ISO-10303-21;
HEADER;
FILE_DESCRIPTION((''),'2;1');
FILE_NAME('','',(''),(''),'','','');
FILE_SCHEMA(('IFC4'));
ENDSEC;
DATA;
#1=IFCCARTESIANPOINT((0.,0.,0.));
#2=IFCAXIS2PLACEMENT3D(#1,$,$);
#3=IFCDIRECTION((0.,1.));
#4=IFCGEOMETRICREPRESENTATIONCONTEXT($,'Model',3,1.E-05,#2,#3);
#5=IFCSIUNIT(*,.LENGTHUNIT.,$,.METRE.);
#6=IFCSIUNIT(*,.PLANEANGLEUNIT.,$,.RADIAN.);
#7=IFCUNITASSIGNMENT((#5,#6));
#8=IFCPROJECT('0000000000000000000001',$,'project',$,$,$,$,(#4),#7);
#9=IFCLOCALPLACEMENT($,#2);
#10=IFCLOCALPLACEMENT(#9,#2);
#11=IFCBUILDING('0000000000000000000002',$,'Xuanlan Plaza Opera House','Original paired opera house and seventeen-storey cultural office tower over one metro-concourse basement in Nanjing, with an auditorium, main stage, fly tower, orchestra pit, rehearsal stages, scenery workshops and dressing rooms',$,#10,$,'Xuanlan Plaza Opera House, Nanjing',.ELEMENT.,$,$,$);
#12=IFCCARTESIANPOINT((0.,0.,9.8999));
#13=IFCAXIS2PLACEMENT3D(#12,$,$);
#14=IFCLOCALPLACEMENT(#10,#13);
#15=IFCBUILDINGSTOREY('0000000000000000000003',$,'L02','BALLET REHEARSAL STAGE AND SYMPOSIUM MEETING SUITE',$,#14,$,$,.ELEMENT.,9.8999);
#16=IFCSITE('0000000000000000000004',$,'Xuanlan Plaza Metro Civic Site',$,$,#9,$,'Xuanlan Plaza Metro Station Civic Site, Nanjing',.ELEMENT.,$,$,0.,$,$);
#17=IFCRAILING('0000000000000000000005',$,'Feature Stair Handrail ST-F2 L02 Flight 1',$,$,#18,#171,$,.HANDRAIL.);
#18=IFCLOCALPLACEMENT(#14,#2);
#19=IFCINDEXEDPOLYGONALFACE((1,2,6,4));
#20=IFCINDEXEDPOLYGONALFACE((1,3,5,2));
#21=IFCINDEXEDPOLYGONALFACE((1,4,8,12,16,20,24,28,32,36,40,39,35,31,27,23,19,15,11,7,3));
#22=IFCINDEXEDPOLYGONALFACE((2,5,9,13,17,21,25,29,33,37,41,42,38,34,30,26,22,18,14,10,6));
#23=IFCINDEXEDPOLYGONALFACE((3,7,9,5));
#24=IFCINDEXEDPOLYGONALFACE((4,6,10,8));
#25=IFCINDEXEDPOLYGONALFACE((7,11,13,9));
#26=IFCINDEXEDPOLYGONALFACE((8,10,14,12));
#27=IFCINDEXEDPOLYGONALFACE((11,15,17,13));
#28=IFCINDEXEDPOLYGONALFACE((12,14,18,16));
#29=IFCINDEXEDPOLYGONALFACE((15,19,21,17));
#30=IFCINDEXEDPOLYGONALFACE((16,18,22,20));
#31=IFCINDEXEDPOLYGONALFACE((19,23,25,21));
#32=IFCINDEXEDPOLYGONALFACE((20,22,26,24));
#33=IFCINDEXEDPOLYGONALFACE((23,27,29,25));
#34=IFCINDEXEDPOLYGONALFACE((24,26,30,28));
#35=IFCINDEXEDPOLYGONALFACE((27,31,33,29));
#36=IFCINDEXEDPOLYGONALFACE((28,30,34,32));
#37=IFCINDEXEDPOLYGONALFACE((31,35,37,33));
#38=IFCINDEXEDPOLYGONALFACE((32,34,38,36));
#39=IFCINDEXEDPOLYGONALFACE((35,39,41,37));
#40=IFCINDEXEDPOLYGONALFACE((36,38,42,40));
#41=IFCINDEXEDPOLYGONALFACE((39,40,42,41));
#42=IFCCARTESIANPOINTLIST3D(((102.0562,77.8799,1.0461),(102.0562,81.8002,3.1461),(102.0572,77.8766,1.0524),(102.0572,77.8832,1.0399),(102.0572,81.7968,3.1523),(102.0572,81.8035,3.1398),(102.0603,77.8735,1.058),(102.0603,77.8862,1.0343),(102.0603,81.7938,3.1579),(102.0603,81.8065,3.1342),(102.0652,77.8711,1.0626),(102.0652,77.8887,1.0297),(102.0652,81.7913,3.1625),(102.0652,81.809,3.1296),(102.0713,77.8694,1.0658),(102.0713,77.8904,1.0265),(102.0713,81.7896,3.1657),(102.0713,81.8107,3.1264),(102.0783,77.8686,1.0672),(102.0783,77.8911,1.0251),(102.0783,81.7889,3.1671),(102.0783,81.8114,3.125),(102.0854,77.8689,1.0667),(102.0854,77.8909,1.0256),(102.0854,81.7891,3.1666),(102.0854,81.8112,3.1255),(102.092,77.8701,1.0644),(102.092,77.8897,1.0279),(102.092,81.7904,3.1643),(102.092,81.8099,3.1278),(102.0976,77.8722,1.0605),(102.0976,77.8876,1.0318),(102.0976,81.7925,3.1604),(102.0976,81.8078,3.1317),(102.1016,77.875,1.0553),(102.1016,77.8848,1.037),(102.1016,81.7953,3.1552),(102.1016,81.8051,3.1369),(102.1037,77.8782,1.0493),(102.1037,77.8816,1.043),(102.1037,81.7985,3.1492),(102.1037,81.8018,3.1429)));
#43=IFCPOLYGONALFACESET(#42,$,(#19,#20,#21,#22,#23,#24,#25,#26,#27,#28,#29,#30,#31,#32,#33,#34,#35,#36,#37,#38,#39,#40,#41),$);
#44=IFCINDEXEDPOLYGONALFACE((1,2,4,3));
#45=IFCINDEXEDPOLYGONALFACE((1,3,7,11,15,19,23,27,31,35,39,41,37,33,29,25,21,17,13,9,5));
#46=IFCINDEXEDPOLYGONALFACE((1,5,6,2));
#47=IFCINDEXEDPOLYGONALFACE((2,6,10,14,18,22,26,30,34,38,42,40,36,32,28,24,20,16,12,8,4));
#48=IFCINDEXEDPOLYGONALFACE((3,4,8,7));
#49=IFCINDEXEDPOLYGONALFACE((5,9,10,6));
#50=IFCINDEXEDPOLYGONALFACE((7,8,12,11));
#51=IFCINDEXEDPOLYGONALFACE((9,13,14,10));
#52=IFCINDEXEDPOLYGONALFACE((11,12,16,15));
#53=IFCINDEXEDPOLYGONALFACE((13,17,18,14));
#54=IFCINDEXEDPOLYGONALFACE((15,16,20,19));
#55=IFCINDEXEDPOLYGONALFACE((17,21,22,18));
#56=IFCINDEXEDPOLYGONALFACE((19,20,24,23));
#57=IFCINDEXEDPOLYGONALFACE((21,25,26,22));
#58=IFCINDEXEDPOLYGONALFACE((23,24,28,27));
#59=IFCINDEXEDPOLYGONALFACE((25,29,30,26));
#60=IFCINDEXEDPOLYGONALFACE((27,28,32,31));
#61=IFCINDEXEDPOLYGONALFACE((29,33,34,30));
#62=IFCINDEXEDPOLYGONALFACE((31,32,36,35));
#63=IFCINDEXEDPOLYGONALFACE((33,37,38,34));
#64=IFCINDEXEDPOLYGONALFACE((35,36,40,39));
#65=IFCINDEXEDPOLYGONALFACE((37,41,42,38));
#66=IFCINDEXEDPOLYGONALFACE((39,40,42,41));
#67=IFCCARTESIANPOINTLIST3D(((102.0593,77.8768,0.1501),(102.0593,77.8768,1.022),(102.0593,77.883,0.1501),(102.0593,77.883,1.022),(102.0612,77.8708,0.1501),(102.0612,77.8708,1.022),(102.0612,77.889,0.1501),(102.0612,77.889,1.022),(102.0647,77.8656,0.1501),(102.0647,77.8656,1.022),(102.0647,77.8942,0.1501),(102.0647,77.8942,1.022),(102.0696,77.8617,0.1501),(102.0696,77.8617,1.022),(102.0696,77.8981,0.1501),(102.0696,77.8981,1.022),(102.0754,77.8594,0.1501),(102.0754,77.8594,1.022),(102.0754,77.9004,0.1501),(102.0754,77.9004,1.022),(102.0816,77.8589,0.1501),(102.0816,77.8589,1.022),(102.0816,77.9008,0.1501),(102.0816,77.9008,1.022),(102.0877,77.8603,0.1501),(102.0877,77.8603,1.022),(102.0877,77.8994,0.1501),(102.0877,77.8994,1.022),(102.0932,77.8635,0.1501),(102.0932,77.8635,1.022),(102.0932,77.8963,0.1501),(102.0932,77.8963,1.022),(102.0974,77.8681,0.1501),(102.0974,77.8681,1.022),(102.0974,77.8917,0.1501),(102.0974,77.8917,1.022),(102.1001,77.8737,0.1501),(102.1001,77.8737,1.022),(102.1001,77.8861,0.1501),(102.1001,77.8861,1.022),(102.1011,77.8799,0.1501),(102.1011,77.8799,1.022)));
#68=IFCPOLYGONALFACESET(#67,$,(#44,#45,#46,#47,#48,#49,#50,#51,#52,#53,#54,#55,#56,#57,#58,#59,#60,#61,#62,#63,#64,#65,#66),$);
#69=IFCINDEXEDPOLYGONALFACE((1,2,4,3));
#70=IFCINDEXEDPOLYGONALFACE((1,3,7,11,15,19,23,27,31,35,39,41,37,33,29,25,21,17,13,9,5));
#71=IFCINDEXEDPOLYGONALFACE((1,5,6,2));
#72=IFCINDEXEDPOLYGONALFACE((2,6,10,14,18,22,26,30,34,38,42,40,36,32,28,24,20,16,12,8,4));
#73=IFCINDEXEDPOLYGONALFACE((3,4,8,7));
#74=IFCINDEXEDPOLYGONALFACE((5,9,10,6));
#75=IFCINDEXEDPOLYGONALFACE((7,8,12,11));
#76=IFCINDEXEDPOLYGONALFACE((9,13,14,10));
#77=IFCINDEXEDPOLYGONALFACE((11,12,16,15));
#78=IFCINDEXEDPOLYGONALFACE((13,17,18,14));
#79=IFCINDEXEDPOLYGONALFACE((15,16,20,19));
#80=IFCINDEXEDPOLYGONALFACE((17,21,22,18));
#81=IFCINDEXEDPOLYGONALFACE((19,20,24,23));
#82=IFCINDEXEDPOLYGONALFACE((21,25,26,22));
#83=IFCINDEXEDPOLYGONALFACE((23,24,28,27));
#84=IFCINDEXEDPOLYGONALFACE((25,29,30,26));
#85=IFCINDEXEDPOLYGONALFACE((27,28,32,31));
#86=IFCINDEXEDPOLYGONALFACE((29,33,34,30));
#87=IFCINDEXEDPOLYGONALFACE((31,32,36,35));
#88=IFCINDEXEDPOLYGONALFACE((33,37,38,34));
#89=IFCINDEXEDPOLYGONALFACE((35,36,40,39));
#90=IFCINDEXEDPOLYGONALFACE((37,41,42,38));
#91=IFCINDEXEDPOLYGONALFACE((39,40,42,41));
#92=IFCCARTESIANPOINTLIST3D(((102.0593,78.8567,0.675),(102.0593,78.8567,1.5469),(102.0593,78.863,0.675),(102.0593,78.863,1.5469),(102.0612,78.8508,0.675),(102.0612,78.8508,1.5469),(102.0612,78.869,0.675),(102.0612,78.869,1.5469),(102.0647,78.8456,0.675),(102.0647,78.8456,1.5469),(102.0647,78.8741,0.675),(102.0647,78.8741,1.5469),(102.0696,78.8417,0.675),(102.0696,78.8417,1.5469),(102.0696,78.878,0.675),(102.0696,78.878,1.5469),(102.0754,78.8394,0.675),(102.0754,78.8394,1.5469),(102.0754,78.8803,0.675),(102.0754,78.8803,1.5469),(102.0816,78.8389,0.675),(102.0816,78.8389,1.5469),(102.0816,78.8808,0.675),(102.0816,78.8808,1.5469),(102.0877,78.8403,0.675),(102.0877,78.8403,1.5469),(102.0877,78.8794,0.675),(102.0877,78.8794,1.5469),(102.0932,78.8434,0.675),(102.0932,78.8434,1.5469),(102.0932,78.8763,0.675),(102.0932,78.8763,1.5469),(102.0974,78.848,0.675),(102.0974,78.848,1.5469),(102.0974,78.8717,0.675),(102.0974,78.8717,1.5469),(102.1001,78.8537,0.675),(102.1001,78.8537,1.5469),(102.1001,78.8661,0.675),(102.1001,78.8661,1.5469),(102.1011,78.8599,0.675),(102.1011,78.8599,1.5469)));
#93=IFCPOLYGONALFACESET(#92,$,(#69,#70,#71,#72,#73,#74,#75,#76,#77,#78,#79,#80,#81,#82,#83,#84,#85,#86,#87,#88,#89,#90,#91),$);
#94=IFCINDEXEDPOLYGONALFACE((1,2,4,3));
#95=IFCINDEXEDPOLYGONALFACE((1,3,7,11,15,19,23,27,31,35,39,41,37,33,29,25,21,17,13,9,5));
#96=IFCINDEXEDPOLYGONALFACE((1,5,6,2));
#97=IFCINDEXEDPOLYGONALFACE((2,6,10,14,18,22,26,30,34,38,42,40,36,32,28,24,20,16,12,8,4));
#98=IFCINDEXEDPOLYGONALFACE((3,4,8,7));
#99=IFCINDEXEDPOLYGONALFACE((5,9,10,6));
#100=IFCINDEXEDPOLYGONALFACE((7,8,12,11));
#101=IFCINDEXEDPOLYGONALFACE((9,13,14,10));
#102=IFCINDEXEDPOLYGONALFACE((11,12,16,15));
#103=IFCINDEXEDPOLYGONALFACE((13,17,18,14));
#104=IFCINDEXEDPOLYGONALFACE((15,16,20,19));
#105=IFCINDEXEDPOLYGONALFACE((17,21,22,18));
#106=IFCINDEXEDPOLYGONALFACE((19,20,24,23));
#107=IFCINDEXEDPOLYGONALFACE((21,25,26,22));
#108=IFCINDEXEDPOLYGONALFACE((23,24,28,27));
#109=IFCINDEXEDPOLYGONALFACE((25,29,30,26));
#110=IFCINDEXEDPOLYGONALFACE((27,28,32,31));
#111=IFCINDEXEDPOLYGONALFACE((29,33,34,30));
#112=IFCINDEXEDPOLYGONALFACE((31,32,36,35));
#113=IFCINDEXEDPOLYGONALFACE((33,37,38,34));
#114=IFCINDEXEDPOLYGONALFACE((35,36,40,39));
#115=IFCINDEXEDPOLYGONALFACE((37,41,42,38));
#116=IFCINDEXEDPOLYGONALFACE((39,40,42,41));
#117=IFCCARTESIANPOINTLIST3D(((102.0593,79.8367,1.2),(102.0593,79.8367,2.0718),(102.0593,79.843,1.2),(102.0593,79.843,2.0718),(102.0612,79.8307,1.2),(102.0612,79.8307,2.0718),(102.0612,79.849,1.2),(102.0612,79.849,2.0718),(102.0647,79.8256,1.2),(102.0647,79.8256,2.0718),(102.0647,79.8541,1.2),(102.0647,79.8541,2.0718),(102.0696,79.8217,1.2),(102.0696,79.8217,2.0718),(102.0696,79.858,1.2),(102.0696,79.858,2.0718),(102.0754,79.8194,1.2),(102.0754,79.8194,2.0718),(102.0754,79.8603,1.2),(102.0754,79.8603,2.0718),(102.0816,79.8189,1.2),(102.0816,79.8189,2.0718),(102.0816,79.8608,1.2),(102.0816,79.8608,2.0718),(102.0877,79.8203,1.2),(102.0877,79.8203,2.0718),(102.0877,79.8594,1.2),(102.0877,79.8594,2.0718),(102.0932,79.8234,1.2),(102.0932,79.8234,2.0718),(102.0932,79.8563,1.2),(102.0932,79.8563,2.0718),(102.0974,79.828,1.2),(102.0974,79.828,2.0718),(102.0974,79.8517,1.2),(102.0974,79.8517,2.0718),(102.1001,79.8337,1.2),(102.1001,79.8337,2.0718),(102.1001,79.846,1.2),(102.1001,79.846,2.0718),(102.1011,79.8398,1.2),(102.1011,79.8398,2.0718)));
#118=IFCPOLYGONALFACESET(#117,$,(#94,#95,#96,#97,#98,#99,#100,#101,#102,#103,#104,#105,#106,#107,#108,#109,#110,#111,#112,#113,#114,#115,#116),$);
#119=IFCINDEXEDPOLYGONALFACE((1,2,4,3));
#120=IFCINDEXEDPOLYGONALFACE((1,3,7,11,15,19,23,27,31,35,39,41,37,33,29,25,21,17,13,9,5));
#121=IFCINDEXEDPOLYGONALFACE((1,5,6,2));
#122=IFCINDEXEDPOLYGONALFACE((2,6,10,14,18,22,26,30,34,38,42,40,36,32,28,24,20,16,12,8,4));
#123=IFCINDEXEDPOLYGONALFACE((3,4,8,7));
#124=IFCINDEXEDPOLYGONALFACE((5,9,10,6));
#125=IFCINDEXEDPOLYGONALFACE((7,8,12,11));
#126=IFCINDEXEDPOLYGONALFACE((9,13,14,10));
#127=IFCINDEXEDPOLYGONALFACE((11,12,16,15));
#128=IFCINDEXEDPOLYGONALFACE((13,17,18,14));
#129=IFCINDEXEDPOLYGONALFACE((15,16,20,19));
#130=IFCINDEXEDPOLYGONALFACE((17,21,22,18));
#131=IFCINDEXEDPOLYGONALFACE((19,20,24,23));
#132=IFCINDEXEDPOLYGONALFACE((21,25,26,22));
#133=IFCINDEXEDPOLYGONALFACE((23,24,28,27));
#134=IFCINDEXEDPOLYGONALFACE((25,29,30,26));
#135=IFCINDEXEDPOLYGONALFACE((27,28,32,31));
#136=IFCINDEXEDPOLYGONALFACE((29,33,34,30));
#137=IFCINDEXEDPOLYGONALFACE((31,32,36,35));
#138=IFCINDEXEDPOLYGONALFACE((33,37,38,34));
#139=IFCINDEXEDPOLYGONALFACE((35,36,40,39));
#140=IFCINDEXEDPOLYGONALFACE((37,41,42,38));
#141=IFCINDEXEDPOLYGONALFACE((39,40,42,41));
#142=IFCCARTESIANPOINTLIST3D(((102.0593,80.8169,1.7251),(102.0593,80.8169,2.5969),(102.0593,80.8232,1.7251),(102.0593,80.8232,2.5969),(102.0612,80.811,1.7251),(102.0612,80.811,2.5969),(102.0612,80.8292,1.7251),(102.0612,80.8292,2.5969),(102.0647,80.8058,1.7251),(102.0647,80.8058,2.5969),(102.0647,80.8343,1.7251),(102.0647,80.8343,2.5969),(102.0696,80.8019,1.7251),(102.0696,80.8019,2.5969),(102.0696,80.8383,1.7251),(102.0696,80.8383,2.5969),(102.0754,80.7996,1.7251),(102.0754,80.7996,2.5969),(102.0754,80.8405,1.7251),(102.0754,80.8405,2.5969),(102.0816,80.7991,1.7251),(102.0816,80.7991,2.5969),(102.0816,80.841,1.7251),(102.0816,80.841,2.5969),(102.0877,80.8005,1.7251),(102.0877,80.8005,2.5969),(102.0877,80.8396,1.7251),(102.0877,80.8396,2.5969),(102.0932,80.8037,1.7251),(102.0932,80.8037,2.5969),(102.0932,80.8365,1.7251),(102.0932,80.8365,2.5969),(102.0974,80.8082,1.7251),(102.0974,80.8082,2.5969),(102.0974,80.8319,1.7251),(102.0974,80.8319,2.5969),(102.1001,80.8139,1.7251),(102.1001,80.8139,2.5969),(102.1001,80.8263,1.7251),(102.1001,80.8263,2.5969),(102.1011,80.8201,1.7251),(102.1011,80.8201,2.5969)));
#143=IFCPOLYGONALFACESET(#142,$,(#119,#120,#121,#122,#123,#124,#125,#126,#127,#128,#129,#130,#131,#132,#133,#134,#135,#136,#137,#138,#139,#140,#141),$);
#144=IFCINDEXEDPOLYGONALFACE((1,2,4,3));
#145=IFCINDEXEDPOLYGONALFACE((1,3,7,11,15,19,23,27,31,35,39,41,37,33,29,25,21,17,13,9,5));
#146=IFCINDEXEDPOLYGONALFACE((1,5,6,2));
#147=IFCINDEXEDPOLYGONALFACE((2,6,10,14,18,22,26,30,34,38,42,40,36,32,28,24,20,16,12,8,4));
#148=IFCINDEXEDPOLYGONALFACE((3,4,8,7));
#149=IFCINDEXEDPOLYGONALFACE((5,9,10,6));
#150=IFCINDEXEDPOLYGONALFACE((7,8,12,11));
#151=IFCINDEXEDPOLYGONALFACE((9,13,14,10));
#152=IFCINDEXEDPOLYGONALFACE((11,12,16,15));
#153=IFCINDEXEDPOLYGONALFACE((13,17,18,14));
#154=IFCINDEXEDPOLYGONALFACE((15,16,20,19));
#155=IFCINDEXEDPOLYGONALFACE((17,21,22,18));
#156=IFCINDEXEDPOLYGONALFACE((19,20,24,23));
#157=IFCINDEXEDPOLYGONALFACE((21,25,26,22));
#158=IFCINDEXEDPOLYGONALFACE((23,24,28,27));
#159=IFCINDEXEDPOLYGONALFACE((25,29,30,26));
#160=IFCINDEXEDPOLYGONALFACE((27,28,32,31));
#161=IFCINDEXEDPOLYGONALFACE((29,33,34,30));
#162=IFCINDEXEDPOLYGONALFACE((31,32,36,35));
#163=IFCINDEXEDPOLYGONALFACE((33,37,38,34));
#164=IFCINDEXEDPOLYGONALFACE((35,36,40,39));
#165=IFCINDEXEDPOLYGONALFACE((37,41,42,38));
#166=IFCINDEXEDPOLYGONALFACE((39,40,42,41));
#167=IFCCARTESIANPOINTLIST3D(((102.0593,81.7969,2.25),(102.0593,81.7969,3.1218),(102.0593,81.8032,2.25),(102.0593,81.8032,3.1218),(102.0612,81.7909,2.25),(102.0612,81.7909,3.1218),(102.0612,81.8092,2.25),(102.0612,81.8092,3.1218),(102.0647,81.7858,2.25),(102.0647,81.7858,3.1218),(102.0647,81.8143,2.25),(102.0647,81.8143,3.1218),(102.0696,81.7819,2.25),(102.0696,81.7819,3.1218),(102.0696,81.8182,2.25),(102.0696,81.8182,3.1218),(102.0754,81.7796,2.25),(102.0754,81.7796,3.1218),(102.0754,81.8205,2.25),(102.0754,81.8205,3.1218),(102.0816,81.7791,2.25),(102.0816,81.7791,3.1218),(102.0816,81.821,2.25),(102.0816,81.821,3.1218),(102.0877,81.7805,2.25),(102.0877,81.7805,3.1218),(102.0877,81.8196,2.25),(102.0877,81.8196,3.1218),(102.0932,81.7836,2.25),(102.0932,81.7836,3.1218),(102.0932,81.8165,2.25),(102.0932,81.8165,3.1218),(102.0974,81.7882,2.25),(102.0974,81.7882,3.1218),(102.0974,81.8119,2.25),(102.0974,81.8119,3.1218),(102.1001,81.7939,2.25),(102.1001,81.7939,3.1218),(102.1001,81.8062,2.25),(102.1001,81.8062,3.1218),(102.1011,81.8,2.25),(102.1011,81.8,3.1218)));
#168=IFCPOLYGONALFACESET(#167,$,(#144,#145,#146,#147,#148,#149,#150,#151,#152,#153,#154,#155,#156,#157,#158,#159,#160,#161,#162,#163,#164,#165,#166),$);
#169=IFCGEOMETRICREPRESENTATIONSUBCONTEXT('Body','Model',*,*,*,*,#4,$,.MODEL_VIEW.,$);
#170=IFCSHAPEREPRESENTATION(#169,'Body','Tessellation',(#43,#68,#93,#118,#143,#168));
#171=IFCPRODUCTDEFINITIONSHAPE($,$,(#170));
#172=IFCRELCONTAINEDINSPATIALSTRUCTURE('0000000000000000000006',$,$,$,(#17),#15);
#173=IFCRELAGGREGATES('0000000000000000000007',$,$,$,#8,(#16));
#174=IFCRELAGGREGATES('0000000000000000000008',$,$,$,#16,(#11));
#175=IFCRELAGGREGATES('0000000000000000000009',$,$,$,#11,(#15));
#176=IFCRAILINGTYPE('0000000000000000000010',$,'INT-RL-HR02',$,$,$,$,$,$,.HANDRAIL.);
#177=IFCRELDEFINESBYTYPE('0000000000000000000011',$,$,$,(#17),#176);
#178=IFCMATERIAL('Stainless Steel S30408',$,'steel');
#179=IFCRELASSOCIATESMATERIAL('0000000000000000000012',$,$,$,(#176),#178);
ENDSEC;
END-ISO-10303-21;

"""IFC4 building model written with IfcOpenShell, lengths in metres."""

from ifc_helpers import new_model, si_unit, direction, frame, origin, origin_2d, place, context, subcontext, project, spatial, circle, extrude, material, type_object, element, save


model = new_model("IFC4")

# Units and contexts
model_context = context("Model", 3, precision=1e-05, world=origin(), true_north=direction((0.0, 1.0)))
body_context = subcontext(model_context, "Body", "Model", "MODEL_VIEW")
ifc_project = project(units=[si_unit("LENGTHUNIT", "METRE"), si_unit("PLANEANGLEUNIT", "RADIAN")], contexts=[model_context])

# Site, building, storey
site_placement = place(None, origin())
site = spatial("IfcSite", under=ifc_project, at=site_placement, Name="Xuanlan Plaza Metro Civic Site", LongName="Xuanlan Plaza Metro Station Civic Site, Nanjing", CompositionType="ELEMENT", RefElevation=0.0)
building_placement = place(site_placement, origin())
building = spatial("IfcBuilding", under=site, at=building_placement, Name="Xuanlan Plaza Opera House", Description="Original paired opera house and seventeen-storey cultural office tower over one metro-concourse basement in Nanjing, with an auditorium, main stage, fly tower, orchestra pit, rehearsal stages, scenery workshops and dressing rooms", LongName="Xuanlan Plaza Opera House, Nanjing", CompositionType="ELEMENT")
storey_placement = place(building_placement, frame((0.0, 0.0, 9.8999)))
storey = spatial("IfcBuildingStorey", under=building, at=storey_placement, Name="L02", Description="BALLET REHEARSAL STAGE AND SYMPOSIUM MEETING SUITE", CompositionType="ELEMENT", Elevation=9.8999)

# Railing
ifc_material_1 = material(Name="Stainless Steel S30408", Category="steel")
railing_type = type_object("IfcRailingType", Name="INT-RL-HR02", PredefinedType="HANDRAIL", material=ifc_material_1)
railing_placement = place(storey_placement, frame((102.0801, 77.8799, 0.1501)))
element("IfcRailing", 1, at=railing_placement, inside=storey, type_object=railing_type, Name="Feature Stair Handrail ST-F2 L02 Flight 1", PredefinedType="HANDRAIL", context=body_context, shape_type="SweptSolid", body=[
    extrude(circle(Radius=0.0239, at=origin_2d()), frame((0.0, 0.0, 0.896), z_axis=(0.0, 0.881502, 0.47218), x_axis=(-1.0, 0.0, 0.0)), (0.0, 0.0, 1.0), 4.4473),
    extrude(circle(Radius=0.021, at=origin_2d()), origin(), (0.0, 0.0, 1.0), 0.8718),
    extrude(circle(Radius=0.021, at=origin_2d()), frame((0.0, 0.98, 0.5249)), (0.0, 0.0, 1.0), 0.8718),
    extrude(circle(Radius=0.021, at=origin_2d()), frame((0.0, 1.96, 1.0498)), (0.0, 0.0, 1.0), 0.8718),
    extrude(circle(Radius=0.021, at=origin_2d()), frame((0.0, 2.9402, 1.575)), (0.0, 0.0, 1.0), 0.8718),
    extrude(circle(Radius=0.021, at=origin_2d()), frame((0.0, 3.9202, 2.0999)), (0.0, 0.0, 1.0), 0.8718),
])

save(model, "model.ifc")
